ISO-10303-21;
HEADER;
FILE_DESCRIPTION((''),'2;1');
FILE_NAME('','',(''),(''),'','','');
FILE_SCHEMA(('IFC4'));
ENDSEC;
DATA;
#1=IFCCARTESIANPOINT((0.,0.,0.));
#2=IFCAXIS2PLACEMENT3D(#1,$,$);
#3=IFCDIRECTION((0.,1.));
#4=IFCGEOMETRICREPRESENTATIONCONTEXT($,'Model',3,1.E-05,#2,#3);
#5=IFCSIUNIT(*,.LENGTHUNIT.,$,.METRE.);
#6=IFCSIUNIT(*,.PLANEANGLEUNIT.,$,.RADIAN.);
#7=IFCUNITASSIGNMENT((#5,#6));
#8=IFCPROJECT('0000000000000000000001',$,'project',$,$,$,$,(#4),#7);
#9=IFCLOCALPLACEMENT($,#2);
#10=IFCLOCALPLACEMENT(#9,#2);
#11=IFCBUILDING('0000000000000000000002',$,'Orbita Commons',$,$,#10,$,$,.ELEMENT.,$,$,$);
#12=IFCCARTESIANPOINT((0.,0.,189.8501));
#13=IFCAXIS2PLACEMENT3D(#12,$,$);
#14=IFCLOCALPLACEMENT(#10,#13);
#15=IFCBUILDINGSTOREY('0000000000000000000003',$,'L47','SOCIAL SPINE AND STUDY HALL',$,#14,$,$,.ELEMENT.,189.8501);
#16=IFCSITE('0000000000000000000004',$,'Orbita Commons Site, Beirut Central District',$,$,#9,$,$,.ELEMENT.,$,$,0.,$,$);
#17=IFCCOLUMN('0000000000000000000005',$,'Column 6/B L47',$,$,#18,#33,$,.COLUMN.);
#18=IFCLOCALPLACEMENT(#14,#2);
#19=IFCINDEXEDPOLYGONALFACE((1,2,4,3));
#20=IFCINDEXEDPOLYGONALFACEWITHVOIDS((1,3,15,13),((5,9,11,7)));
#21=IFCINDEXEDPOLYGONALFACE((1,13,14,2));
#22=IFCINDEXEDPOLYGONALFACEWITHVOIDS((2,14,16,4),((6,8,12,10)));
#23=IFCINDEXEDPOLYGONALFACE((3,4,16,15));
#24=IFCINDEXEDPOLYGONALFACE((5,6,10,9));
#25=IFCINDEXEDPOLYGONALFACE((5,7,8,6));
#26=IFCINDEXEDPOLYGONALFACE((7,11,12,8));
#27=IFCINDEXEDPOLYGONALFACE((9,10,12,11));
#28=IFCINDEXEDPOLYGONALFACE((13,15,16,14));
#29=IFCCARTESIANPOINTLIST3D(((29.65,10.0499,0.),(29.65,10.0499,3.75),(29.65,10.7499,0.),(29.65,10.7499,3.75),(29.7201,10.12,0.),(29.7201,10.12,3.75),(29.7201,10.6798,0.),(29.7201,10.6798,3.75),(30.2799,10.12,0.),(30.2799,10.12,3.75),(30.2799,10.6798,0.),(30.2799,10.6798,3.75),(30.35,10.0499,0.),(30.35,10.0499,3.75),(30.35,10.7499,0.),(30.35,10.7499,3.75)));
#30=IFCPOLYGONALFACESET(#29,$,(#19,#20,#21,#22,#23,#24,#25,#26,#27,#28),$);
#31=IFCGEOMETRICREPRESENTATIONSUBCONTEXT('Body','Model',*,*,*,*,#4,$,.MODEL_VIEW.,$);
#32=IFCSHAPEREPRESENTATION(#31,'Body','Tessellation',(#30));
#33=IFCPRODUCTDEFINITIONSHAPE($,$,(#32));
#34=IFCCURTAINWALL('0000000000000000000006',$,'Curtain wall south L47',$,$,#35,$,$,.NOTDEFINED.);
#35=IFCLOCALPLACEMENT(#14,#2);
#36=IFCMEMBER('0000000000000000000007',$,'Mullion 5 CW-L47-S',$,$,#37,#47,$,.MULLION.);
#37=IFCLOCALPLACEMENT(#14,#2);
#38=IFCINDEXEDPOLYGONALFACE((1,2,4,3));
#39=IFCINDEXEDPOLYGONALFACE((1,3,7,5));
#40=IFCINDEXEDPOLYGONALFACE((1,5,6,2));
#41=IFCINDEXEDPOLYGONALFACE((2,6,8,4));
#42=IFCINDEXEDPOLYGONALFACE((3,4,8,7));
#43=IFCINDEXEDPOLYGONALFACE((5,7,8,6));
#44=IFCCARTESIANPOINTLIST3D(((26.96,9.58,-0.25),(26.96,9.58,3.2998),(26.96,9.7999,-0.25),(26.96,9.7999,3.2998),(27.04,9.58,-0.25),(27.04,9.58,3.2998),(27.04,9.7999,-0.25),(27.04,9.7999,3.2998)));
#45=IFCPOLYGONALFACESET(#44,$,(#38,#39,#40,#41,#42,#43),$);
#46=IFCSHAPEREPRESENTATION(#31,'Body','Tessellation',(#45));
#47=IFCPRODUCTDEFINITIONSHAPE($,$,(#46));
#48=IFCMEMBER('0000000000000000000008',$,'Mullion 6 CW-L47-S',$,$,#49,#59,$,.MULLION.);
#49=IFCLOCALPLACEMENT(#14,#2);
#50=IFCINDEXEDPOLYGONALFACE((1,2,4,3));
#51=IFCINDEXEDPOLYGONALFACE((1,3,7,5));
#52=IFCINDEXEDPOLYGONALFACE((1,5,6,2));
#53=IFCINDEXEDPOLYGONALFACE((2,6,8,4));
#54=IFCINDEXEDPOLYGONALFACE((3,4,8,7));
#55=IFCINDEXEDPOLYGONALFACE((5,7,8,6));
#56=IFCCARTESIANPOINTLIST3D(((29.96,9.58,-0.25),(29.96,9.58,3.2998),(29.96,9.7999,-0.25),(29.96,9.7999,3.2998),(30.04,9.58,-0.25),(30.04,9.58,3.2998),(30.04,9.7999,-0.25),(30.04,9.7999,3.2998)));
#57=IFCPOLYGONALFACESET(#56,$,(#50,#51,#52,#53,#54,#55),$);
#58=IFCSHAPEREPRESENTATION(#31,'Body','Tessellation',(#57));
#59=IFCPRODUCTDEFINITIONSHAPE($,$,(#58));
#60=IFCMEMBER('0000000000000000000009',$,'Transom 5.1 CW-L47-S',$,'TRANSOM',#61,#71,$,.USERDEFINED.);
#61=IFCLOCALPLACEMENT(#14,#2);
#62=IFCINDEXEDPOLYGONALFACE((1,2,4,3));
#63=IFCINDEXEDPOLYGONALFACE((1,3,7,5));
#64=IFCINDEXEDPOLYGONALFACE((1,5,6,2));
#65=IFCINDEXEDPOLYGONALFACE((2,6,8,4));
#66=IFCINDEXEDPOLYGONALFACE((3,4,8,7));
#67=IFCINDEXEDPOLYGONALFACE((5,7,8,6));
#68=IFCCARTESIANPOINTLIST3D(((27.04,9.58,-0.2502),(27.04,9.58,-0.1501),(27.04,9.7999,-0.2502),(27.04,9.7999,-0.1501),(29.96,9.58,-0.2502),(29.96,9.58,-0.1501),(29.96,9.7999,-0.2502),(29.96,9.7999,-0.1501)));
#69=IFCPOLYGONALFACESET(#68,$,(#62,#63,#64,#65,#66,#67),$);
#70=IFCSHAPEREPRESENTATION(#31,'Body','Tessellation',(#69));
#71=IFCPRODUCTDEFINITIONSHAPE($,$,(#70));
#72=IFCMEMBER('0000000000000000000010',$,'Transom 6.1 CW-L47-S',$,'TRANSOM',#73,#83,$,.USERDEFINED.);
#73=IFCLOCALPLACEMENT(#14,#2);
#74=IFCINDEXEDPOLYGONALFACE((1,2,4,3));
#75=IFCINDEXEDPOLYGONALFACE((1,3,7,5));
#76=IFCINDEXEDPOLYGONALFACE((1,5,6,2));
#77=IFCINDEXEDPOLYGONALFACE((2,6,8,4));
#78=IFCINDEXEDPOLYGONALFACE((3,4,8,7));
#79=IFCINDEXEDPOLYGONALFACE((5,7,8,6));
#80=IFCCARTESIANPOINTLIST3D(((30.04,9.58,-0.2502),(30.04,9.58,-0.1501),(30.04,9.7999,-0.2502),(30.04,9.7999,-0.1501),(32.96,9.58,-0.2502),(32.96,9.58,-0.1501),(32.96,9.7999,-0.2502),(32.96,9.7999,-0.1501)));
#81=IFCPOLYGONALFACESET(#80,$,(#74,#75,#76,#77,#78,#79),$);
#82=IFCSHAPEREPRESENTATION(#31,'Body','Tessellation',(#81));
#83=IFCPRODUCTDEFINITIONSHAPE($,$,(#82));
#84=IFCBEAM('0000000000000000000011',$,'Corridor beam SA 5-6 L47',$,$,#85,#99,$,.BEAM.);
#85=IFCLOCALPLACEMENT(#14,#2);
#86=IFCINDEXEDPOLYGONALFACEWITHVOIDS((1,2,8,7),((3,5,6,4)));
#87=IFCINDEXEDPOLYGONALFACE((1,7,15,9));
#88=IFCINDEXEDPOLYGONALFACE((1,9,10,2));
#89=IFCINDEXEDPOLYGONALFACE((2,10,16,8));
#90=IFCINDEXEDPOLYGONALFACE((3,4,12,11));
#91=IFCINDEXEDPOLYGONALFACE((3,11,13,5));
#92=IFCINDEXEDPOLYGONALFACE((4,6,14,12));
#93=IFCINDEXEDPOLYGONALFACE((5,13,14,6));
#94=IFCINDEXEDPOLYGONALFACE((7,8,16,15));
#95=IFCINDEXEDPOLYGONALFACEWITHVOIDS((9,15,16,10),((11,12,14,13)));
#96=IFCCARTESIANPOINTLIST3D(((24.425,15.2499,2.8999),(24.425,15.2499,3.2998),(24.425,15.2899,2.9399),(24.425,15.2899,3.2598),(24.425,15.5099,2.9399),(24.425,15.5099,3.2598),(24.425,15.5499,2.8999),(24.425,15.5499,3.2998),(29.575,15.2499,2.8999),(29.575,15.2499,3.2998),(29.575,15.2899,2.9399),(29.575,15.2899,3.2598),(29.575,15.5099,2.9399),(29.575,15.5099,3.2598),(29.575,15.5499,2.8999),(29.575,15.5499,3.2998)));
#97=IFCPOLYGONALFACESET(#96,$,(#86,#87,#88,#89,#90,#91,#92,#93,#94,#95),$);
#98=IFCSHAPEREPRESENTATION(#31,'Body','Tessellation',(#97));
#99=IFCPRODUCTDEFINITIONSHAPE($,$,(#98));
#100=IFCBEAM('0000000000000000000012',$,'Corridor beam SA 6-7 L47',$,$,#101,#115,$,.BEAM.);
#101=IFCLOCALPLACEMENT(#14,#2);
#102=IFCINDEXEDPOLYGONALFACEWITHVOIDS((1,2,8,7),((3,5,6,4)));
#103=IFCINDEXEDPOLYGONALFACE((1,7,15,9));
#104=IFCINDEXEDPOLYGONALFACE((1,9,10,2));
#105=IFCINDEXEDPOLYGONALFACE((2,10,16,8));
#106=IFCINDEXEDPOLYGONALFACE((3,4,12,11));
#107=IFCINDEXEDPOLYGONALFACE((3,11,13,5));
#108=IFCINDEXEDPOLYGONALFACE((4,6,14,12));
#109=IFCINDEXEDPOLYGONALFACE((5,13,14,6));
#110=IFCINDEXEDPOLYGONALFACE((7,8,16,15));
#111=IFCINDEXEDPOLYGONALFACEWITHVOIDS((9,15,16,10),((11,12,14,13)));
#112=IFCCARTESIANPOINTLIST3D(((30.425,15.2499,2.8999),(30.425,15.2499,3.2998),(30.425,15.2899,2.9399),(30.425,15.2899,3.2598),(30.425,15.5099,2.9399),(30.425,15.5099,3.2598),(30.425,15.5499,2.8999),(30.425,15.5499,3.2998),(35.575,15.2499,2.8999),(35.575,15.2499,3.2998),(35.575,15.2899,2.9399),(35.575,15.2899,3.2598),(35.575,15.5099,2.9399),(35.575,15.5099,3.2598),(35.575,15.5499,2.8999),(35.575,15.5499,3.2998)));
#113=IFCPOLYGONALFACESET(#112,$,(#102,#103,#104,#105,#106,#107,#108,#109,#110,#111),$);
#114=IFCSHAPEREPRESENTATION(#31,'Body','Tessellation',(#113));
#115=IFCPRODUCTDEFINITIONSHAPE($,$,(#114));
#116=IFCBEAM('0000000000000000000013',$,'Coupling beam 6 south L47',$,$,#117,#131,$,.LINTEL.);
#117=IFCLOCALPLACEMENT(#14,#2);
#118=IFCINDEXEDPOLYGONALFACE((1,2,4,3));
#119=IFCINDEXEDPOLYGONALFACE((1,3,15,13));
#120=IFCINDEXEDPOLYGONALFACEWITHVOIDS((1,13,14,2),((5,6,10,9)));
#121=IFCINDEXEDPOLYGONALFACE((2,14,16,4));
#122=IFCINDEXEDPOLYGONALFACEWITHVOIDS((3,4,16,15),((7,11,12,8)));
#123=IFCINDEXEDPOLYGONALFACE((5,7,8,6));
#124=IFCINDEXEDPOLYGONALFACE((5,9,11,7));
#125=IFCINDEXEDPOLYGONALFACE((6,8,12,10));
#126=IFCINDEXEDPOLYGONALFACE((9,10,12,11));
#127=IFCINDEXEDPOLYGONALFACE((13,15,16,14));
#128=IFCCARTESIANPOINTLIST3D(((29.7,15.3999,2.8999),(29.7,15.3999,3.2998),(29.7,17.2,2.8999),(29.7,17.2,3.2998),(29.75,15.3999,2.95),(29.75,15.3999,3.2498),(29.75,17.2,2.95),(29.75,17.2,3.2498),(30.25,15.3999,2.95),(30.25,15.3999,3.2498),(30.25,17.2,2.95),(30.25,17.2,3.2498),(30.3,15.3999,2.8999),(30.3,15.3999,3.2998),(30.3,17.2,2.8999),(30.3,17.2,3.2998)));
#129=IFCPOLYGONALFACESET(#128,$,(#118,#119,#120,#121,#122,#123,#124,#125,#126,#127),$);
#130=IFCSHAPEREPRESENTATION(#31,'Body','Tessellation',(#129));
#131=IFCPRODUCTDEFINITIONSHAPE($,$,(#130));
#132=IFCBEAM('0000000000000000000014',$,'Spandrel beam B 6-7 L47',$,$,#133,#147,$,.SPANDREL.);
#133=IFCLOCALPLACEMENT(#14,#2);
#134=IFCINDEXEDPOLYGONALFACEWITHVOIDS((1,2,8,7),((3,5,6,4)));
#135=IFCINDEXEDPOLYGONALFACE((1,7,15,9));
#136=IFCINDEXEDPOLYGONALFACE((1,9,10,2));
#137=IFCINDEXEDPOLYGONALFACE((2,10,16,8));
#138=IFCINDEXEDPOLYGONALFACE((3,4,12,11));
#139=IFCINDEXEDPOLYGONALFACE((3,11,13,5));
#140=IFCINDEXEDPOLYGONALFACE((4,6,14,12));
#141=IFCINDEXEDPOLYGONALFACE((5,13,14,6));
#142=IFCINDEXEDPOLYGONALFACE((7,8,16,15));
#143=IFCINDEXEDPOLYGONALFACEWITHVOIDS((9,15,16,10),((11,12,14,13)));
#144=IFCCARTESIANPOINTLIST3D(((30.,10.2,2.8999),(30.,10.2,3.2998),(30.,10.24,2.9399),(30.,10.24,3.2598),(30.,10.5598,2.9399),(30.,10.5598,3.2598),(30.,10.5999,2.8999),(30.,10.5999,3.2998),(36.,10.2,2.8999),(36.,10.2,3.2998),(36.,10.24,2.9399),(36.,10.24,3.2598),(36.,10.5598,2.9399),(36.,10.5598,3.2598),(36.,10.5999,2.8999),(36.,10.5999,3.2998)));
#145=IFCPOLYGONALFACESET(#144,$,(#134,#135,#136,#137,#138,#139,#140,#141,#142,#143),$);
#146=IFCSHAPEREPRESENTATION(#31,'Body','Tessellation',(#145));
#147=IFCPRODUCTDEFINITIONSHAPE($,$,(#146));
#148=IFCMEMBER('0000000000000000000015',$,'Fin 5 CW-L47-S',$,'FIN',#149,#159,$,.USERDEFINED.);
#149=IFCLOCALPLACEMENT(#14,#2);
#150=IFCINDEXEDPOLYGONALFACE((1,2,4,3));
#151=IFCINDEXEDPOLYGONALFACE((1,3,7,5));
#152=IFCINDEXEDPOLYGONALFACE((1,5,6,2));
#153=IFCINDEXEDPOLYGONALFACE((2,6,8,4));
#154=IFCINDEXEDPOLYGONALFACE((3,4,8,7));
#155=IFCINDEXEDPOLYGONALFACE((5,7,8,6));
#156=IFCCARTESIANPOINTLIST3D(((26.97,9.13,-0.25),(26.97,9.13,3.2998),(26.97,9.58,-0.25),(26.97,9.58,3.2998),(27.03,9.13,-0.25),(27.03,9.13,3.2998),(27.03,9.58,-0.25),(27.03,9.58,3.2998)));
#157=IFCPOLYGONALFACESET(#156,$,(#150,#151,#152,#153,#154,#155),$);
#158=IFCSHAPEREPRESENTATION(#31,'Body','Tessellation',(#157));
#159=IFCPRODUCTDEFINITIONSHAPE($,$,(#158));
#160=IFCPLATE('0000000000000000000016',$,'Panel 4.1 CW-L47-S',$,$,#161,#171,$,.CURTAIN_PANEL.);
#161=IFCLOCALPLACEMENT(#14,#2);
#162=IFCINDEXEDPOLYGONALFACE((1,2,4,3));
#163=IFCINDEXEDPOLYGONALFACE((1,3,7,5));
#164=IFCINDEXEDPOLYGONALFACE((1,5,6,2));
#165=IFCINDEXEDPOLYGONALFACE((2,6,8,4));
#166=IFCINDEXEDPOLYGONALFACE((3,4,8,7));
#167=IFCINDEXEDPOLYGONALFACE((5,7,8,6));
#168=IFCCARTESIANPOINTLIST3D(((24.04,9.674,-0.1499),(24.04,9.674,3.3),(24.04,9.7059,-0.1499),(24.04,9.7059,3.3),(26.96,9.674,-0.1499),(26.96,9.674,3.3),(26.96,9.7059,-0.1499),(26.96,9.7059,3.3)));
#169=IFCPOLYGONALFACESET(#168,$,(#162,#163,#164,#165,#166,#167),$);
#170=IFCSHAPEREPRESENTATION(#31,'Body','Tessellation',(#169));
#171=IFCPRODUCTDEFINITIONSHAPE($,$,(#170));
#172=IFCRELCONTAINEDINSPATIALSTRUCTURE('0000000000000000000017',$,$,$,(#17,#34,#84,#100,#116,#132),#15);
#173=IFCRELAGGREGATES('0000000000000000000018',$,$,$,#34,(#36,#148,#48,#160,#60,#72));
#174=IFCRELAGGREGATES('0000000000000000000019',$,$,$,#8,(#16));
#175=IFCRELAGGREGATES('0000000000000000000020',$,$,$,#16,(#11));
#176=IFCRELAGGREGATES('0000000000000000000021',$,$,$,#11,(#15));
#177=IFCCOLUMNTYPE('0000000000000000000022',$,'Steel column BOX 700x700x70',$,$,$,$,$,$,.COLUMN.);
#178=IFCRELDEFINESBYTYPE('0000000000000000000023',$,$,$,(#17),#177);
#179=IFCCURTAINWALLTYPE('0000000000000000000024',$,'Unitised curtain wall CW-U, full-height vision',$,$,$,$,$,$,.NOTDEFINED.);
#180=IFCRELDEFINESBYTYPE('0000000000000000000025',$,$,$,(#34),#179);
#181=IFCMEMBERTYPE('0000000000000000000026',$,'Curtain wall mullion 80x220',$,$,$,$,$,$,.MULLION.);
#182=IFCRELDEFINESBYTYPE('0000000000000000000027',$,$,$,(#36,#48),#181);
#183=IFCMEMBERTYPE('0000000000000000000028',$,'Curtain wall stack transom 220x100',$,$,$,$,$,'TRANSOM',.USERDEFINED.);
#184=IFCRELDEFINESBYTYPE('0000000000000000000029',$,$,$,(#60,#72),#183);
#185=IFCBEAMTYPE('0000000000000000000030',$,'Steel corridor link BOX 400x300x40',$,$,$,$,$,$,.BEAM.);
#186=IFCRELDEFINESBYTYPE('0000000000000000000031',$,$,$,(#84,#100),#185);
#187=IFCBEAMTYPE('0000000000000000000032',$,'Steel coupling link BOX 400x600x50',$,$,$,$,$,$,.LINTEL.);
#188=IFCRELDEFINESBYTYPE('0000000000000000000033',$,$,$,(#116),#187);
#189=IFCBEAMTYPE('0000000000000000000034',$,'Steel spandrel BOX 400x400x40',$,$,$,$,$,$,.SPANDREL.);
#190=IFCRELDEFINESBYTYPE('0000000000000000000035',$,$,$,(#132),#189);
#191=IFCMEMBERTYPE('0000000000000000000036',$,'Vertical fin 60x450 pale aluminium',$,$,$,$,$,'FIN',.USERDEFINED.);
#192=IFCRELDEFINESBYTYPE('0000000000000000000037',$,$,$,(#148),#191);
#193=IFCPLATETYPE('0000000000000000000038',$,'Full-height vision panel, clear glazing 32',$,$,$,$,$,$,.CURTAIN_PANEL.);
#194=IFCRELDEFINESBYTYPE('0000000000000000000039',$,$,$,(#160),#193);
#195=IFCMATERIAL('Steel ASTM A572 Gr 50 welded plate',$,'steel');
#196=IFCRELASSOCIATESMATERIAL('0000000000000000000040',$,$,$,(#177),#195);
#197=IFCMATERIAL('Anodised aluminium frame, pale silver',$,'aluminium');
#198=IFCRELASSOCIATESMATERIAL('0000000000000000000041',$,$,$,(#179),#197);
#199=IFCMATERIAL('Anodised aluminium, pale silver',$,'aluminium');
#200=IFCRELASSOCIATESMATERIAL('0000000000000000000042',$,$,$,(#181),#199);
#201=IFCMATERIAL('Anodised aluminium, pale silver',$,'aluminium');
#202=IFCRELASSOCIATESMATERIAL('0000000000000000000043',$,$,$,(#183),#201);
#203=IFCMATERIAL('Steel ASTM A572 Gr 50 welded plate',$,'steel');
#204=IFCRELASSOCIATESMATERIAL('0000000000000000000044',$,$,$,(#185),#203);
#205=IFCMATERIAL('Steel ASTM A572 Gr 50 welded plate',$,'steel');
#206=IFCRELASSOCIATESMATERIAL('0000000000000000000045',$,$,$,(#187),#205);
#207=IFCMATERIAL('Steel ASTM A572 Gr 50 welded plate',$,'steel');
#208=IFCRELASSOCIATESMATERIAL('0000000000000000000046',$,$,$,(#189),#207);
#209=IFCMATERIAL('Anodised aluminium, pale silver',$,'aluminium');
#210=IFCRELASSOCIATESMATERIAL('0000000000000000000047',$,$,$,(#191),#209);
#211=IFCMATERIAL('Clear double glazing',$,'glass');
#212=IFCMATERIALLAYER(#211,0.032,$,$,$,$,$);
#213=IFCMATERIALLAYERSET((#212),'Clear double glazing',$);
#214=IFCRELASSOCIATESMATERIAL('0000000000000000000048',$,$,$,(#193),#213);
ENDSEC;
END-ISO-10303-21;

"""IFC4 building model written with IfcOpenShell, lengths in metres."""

from ifc_helpers import new_model, si_unit, direction, frame, origin, origin_2d, place, context, subcontext, project, spatial, rectangle, hollow_rectangle, extrude, material, layer, layer_set, material_profile, profile_set, type_object, element, aggregate, save


model = new_model("IFC4")

# Units and contexts
model_context = context("Model", 3, precision=1e-05, world=origin(), true_north=direction((0.0, 1.0)))
body_context = subcontext(model_context, "Body", "Model", "MODEL_VIEW")
ifc_project = project(units=[si_unit("LENGTHUNIT", "METRE"), si_unit("PLANEANGLEUNIT", "RADIAN")], contexts=[model_context])

# Site, building, storey
site_placement = place(None, origin())
site = spatial("IfcSite", under=ifc_project, at=site_placement, Name="Orbita Commons Site, Beirut Central District", CompositionType="ELEMENT", RefElevation=0.0)
building_placement = place(site_placement, origin())
building = spatial("IfcBuilding", under=site, at=building_placement, Name="Orbita Commons", CompositionType="ELEMENT")
storey_placement = place(building_placement, frame((0.0, 0.0, 189.8501)))
storey = spatial("IfcBuildingStorey", under=building, at=storey_placement, Name="L47", Description="SOCIAL SPINE AND STUDY HALL", CompositionType="ELEMENT", Elevation=189.8501)

# Column
ifc_material_1 = material(Name="Steel ASTM A572 Gr 50 welded plate", Category="steel")
ifc_material_profile_1 = material_profile(ifc_material_1, hollow_rectangle(XDim=0.7, YDim=0.7, WallThickness=0.0701, at=origin_2d()), Name="BOX 700x700x70")
ifc_profile_set_1 = profile_set([ifc_material_profile_1], Name="Steel ASTM A572 Gr 50 welded plate")
column_type = type_object("IfcColumnType", Name="Steel column BOX 700x700x70", PredefinedType="COLUMN", material=ifc_profile_set_1)
column_placement = place(storey_placement, frame((30.0, 10.3999, 0.0), z_axis=(0.0, 0.0, 1.0), x_axis=(1.0, 0.0, 0.0)))
element("IfcColumn", 1, at=column_placement, inside=storey, type_object=column_type, Name="Column 6/B L47", PredefinedType="COLUMN", context=body_context, shape_type="SweptSolid", body=[
    extrude(hollow_rectangle(XDim=0.7, YDim=0.7, WallThickness=0.0701, at=origin_2d()), origin(), (0.0, 0.0, 1.0), 3.75),
])

# Curtain wall, members
ifc_material_2 = material(Name="Anodised aluminium frame, pale silver", Category="aluminium")
curtain_wall_type = type_object("IfcCurtainWallType", Name="Unitised curtain wall CW-U, full-height vision", PredefinedType="NOTDEFINED", material=ifc_material_2)
curtain_wall_placement = place(storey_placement, origin())
curtain_wall = element("IfcCurtainWall", 2, at=curtain_wall_placement, inside=storey, type_object=curtain_wall_type, Name="Curtain wall south L47", PredefinedType="NOTDEFINED")
ifc_material_3 = material(Name="Anodised aluminium, pale silver", Category="aluminium")
ifc_material_profile_2 = material_profile(ifc_material_3, rectangle(XDim=0.0801, YDim=0.22, at=origin_2d()), Name="AL 80x220")
ifc_profile_set_2 = profile_set([ifc_material_profile_2], Name="Anodised aluminium, pale silver")
member_type_1 = type_object("IfcMemberType", Name="Curtain wall mullion 80x220", PredefinedType="MULLION", material=ifc_profile_set_2)
member_1_placement = place(storey_placement, frame((27.0, 9.6899, -0.25), z_axis=(0.0, 0.0, 1.0), x_axis=(1.0, 0.0, 0.0)))
member_1 = element("IfcMember", 3, at=member_1_placement, type_object=member_type_1, Name="Mullion 5 CW-L47-S", PredefinedType="MULLION", context=body_context, shape_type="SweptSolid", body=[
    extrude(rectangle(XDim=0.0801, YDim=0.22, at=origin_2d()), origin(), (0.0, 0.0, 1.0), 3.5498),
])
member_2_placement = place(storey_placement, frame((30.0, 9.6899, -0.25), z_axis=(0.0, 0.0, 1.0), x_axis=(1.0, 0.0, 0.0)))
member_2 = element("IfcMember", 4, at=member_2_placement, type_object=member_type_1, Name="Mullion 6 CW-L47-S", PredefinedType="MULLION", context=body_context, shape_type="SweptSolid", body=[
    extrude(rectangle(XDim=0.0801, YDim=0.22, at=origin_2d()), origin(), (0.0, 0.0, 1.0), 3.5498),
])
ifc_material_4 = material(Name="Anodised aluminium, pale silver", Category="aluminium")
ifc_material_profile_3 = material_profile(ifc_material_4, rectangle(XDim=0.22, YDim=0.1001, at=origin_2d()), Name="AL 220x100")
ifc_profile_set_3 = profile_set([ifc_material_profile_3], Name="Anodised aluminium, pale silver")
member_type_2 = type_object("IfcMemberType", Name="Curtain wall stack transom 220x100", ElementType="TRANSOM", PredefinedType="USERDEFINED", material=ifc_profile_set_3)
member_3_placement = place(storey_placement, frame((27.04, 9.6899, -0.2002), z_axis=(1.0, 0.0, 0.0), x_axis=(0.0, 1.0, 0.0)))
member_3 = element("IfcMember", 5, at=member_3_placement, type_object=member_type_2, Name="Transom 5.1 CW-L47-S", ObjectType="TRANSOM", PredefinedType="USERDEFINED", context=body_context, shape_type="SweptSolid", body=[
    extrude(rectangle(XDim=0.22, YDim=0.1001, at=origin_2d()), origin(), (0.0, 0.0, 1.0), 2.9199),
])
member_4_placement = place(storey_placement, frame((30.04, 9.6899, -0.2002), z_axis=(1.0, 0.0, 0.0), x_axis=(0.0, 1.0, 0.0)))
member_4 = element("IfcMember", 6, at=member_4_placement, type_object=member_type_2, Name="Transom 6.1 CW-L47-S", ObjectType="TRANSOM", PredefinedType="USERDEFINED", context=body_context, shape_type="SweptSolid", body=[
    extrude(rectangle(XDim=0.22, YDim=0.1001, at=origin_2d()), origin(), (0.0, 0.0, 1.0), 2.9199),
])

# Beams
ifc_material_5 = material(Name="Steel ASTM A572 Gr 50 welded plate", Category="steel")
ifc_material_profile_4 = material_profile(ifc_material_5, hollow_rectangle(XDim=0.3, YDim=0.3999, WallThickness=0.04, at=origin_2d()), Name="BOX 400x300x40")
ifc_profile_set_4 = profile_set([ifc_material_profile_4], Name="Steel ASTM A572 Gr 50 welded plate")
beam_type_1 = type_object("IfcBeamType", Name="Steel corridor link BOX 400x300x40", PredefinedType="BEAM", material=ifc_profile_set_4)
for number, where, z_axis, x_axis, name in (
    (7, (24.425, 15.3999, 3.0999), (1.0, 0.0, 0.0), (0.0, 1.0, 0.0), "Corridor beam SA 5-6 L47"),
    (8, (30.425, 15.3999, 3.0999), (1.0, 0.0, 0.0), (0.0, 1.0, 0.0), "Corridor beam SA 6-7 L47"),
):
    element("IfcBeam", number, at=place(storey_placement, frame(where, z_axis=z_axis, x_axis=x_axis)), inside=storey, type_object=beam_type_1, Name=name, PredefinedType="BEAM", context=body_context, shape_type="SweptSolid", body=[
        extrude(hollow_rectangle(XDim=0.3, YDim=0.3999, WallThickness=0.04, at=origin_2d()), origin(), (0.0, 0.0, 1.0), 5.1499),
    ])
ifc_material_6 = material(Name="Steel ASTM A572 Gr 50 welded plate", Category="steel")
ifc_material_profile_5 = material_profile(ifc_material_6, hollow_rectangle(XDim=0.6001, YDim=0.3999, WallThickness=0.05, at=origin_2d()), Name="BOX 400x600x50")
ifc_profile_set_5 = profile_set([ifc_material_profile_5], Name="Steel ASTM A572 Gr 50 welded plate")
beam_type_2 = type_object("IfcBeamType", Name="Steel coupling link BOX 400x600x50", PredefinedType="LINTEL", material=ifc_profile_set_5)
beam_1_placement = place(storey_placement, frame((30.0, 15.3999, 3.0999), z_axis=(0.0, 1.0, 0.0), x_axis=(-1.0, 0.0, 0.0)))
element("IfcBeam", 9, at=beam_1_placement, inside=storey, type_object=beam_type_2, Name="Coupling beam 6 south L47", PredefinedType="LINTEL", context=body_context, shape_type="SweptSolid", body=[
    extrude(hollow_rectangle(XDim=0.6001, YDim=0.3999, WallThickness=0.05, at=origin_2d()), origin(), (0.0, 0.0, 1.0), 1.8),
])
ifc_material_7 = material(Name="Steel ASTM A572 Gr 50 welded plate", Category="steel")
ifc_material_profile_6 = material_profile(ifc_material_7, hollow_rectangle(XDim=0.3999, YDim=0.3999, WallThickness=0.04, at=origin_2d()), Name="BOX 400x400x40")
ifc_profile_set_6 = profile_set([ifc_material_profile_6], Name="Steel ASTM A572 Gr 50 welded plate")
beam_type_3 = type_object("IfcBeamType", Name="Steel spandrel BOX 400x400x40", PredefinedType="SPANDREL", material=ifc_profile_set_6)
beam_2_placement = place(storey_placement, frame((30.0, 10.3999, 3.0999), z_axis=(1.0, 0.0, 0.0), x_axis=(0.0, 1.0, 0.0)))
element("IfcBeam", 10, at=beam_2_placement, inside=storey, type_object=beam_type_3, Name="Spandrel beam B 6-7 L47", PredefinedType="SPANDREL", context=body_context, shape_type="SweptSolid", body=[
    extrude(hollow_rectangle(XDim=0.3999, YDim=0.3999, WallThickness=0.04, at=origin_2d()), origin(), (0.0, 0.0, 1.0), 6.0),
])

# Member
ifc_material_8 = material(Name="Anodised aluminium, pale silver", Category="aluminium")
ifc_material_profile_7 = material_profile(ifc_material_8, rectangle(XDim=0.0601, YDim=0.45, at=origin_2d()), Name="FIN 60x450")
ifc_profile_set_7 = profile_set([ifc_material_profile_7], Name="Anodised aluminium, pale silver")
member_type_3 = type_object("IfcMemberType", Name="Vertical fin 60x450 pale aluminium", ElementType="FIN", PredefinedType="USERDEFINED", material=ifc_profile_set_7)
member_5_placement = place(storey_placement, frame((27.0, 9.355, -0.25), z_axis=(0.0, 0.0, 1.0), x_axis=(1.0, 0.0, 0.0)))
member_5 = element("IfcMember", 11, at=member_5_placement, type_object=member_type_3, Name="Fin 5 CW-L47-S", ObjectType="FIN", PredefinedType="USERDEFINED", context=body_context, shape_type="SweptSolid", body=[
    extrude(rectangle(XDim=0.0601, YDim=0.45, at=origin_2d()), origin(), (0.0, 0.0, 1.0), 3.5498),
])

# Plate
ifc_material_9 = material(Name="Clear double glazing", Category="glass")
ifc_layer_1 = layer(ifc_material_9, 0.032)
ifc_layer_set_1 = layer_set([ifc_layer_1], Name="Clear double glazing")
plate_type = type_object("IfcPlateType", Name="Full-height vision panel, clear glazing 32", PredefinedType="CURTAIN_PANEL", material=ifc_layer_set_1)
plate_1_placement = place(storey_placement, frame((25.5, 9.6899, -0.1499), z_axis=(0.0, 0.0, 1.0), x_axis=(1.0, 0.0, 0.0)))
plate_1 = element("IfcPlate", 12, at=plate_1_placement, type_object=plate_type, Name="Panel 4.1 CW-L47-S", PredefinedType="CURTAIN_PANEL", context=body_context, shape_type="SweptSolid", body=[
    extrude(rectangle(XDim=2.9199, YDim=0.032, at=origin_2d()), origin(), (0.0, 0.0, 1.0), 3.45),
])
aggregate(curtain_wall, [member_1, member_5, member_2, plate_1, member_3, member_4])

save(model, "model.ifc")
